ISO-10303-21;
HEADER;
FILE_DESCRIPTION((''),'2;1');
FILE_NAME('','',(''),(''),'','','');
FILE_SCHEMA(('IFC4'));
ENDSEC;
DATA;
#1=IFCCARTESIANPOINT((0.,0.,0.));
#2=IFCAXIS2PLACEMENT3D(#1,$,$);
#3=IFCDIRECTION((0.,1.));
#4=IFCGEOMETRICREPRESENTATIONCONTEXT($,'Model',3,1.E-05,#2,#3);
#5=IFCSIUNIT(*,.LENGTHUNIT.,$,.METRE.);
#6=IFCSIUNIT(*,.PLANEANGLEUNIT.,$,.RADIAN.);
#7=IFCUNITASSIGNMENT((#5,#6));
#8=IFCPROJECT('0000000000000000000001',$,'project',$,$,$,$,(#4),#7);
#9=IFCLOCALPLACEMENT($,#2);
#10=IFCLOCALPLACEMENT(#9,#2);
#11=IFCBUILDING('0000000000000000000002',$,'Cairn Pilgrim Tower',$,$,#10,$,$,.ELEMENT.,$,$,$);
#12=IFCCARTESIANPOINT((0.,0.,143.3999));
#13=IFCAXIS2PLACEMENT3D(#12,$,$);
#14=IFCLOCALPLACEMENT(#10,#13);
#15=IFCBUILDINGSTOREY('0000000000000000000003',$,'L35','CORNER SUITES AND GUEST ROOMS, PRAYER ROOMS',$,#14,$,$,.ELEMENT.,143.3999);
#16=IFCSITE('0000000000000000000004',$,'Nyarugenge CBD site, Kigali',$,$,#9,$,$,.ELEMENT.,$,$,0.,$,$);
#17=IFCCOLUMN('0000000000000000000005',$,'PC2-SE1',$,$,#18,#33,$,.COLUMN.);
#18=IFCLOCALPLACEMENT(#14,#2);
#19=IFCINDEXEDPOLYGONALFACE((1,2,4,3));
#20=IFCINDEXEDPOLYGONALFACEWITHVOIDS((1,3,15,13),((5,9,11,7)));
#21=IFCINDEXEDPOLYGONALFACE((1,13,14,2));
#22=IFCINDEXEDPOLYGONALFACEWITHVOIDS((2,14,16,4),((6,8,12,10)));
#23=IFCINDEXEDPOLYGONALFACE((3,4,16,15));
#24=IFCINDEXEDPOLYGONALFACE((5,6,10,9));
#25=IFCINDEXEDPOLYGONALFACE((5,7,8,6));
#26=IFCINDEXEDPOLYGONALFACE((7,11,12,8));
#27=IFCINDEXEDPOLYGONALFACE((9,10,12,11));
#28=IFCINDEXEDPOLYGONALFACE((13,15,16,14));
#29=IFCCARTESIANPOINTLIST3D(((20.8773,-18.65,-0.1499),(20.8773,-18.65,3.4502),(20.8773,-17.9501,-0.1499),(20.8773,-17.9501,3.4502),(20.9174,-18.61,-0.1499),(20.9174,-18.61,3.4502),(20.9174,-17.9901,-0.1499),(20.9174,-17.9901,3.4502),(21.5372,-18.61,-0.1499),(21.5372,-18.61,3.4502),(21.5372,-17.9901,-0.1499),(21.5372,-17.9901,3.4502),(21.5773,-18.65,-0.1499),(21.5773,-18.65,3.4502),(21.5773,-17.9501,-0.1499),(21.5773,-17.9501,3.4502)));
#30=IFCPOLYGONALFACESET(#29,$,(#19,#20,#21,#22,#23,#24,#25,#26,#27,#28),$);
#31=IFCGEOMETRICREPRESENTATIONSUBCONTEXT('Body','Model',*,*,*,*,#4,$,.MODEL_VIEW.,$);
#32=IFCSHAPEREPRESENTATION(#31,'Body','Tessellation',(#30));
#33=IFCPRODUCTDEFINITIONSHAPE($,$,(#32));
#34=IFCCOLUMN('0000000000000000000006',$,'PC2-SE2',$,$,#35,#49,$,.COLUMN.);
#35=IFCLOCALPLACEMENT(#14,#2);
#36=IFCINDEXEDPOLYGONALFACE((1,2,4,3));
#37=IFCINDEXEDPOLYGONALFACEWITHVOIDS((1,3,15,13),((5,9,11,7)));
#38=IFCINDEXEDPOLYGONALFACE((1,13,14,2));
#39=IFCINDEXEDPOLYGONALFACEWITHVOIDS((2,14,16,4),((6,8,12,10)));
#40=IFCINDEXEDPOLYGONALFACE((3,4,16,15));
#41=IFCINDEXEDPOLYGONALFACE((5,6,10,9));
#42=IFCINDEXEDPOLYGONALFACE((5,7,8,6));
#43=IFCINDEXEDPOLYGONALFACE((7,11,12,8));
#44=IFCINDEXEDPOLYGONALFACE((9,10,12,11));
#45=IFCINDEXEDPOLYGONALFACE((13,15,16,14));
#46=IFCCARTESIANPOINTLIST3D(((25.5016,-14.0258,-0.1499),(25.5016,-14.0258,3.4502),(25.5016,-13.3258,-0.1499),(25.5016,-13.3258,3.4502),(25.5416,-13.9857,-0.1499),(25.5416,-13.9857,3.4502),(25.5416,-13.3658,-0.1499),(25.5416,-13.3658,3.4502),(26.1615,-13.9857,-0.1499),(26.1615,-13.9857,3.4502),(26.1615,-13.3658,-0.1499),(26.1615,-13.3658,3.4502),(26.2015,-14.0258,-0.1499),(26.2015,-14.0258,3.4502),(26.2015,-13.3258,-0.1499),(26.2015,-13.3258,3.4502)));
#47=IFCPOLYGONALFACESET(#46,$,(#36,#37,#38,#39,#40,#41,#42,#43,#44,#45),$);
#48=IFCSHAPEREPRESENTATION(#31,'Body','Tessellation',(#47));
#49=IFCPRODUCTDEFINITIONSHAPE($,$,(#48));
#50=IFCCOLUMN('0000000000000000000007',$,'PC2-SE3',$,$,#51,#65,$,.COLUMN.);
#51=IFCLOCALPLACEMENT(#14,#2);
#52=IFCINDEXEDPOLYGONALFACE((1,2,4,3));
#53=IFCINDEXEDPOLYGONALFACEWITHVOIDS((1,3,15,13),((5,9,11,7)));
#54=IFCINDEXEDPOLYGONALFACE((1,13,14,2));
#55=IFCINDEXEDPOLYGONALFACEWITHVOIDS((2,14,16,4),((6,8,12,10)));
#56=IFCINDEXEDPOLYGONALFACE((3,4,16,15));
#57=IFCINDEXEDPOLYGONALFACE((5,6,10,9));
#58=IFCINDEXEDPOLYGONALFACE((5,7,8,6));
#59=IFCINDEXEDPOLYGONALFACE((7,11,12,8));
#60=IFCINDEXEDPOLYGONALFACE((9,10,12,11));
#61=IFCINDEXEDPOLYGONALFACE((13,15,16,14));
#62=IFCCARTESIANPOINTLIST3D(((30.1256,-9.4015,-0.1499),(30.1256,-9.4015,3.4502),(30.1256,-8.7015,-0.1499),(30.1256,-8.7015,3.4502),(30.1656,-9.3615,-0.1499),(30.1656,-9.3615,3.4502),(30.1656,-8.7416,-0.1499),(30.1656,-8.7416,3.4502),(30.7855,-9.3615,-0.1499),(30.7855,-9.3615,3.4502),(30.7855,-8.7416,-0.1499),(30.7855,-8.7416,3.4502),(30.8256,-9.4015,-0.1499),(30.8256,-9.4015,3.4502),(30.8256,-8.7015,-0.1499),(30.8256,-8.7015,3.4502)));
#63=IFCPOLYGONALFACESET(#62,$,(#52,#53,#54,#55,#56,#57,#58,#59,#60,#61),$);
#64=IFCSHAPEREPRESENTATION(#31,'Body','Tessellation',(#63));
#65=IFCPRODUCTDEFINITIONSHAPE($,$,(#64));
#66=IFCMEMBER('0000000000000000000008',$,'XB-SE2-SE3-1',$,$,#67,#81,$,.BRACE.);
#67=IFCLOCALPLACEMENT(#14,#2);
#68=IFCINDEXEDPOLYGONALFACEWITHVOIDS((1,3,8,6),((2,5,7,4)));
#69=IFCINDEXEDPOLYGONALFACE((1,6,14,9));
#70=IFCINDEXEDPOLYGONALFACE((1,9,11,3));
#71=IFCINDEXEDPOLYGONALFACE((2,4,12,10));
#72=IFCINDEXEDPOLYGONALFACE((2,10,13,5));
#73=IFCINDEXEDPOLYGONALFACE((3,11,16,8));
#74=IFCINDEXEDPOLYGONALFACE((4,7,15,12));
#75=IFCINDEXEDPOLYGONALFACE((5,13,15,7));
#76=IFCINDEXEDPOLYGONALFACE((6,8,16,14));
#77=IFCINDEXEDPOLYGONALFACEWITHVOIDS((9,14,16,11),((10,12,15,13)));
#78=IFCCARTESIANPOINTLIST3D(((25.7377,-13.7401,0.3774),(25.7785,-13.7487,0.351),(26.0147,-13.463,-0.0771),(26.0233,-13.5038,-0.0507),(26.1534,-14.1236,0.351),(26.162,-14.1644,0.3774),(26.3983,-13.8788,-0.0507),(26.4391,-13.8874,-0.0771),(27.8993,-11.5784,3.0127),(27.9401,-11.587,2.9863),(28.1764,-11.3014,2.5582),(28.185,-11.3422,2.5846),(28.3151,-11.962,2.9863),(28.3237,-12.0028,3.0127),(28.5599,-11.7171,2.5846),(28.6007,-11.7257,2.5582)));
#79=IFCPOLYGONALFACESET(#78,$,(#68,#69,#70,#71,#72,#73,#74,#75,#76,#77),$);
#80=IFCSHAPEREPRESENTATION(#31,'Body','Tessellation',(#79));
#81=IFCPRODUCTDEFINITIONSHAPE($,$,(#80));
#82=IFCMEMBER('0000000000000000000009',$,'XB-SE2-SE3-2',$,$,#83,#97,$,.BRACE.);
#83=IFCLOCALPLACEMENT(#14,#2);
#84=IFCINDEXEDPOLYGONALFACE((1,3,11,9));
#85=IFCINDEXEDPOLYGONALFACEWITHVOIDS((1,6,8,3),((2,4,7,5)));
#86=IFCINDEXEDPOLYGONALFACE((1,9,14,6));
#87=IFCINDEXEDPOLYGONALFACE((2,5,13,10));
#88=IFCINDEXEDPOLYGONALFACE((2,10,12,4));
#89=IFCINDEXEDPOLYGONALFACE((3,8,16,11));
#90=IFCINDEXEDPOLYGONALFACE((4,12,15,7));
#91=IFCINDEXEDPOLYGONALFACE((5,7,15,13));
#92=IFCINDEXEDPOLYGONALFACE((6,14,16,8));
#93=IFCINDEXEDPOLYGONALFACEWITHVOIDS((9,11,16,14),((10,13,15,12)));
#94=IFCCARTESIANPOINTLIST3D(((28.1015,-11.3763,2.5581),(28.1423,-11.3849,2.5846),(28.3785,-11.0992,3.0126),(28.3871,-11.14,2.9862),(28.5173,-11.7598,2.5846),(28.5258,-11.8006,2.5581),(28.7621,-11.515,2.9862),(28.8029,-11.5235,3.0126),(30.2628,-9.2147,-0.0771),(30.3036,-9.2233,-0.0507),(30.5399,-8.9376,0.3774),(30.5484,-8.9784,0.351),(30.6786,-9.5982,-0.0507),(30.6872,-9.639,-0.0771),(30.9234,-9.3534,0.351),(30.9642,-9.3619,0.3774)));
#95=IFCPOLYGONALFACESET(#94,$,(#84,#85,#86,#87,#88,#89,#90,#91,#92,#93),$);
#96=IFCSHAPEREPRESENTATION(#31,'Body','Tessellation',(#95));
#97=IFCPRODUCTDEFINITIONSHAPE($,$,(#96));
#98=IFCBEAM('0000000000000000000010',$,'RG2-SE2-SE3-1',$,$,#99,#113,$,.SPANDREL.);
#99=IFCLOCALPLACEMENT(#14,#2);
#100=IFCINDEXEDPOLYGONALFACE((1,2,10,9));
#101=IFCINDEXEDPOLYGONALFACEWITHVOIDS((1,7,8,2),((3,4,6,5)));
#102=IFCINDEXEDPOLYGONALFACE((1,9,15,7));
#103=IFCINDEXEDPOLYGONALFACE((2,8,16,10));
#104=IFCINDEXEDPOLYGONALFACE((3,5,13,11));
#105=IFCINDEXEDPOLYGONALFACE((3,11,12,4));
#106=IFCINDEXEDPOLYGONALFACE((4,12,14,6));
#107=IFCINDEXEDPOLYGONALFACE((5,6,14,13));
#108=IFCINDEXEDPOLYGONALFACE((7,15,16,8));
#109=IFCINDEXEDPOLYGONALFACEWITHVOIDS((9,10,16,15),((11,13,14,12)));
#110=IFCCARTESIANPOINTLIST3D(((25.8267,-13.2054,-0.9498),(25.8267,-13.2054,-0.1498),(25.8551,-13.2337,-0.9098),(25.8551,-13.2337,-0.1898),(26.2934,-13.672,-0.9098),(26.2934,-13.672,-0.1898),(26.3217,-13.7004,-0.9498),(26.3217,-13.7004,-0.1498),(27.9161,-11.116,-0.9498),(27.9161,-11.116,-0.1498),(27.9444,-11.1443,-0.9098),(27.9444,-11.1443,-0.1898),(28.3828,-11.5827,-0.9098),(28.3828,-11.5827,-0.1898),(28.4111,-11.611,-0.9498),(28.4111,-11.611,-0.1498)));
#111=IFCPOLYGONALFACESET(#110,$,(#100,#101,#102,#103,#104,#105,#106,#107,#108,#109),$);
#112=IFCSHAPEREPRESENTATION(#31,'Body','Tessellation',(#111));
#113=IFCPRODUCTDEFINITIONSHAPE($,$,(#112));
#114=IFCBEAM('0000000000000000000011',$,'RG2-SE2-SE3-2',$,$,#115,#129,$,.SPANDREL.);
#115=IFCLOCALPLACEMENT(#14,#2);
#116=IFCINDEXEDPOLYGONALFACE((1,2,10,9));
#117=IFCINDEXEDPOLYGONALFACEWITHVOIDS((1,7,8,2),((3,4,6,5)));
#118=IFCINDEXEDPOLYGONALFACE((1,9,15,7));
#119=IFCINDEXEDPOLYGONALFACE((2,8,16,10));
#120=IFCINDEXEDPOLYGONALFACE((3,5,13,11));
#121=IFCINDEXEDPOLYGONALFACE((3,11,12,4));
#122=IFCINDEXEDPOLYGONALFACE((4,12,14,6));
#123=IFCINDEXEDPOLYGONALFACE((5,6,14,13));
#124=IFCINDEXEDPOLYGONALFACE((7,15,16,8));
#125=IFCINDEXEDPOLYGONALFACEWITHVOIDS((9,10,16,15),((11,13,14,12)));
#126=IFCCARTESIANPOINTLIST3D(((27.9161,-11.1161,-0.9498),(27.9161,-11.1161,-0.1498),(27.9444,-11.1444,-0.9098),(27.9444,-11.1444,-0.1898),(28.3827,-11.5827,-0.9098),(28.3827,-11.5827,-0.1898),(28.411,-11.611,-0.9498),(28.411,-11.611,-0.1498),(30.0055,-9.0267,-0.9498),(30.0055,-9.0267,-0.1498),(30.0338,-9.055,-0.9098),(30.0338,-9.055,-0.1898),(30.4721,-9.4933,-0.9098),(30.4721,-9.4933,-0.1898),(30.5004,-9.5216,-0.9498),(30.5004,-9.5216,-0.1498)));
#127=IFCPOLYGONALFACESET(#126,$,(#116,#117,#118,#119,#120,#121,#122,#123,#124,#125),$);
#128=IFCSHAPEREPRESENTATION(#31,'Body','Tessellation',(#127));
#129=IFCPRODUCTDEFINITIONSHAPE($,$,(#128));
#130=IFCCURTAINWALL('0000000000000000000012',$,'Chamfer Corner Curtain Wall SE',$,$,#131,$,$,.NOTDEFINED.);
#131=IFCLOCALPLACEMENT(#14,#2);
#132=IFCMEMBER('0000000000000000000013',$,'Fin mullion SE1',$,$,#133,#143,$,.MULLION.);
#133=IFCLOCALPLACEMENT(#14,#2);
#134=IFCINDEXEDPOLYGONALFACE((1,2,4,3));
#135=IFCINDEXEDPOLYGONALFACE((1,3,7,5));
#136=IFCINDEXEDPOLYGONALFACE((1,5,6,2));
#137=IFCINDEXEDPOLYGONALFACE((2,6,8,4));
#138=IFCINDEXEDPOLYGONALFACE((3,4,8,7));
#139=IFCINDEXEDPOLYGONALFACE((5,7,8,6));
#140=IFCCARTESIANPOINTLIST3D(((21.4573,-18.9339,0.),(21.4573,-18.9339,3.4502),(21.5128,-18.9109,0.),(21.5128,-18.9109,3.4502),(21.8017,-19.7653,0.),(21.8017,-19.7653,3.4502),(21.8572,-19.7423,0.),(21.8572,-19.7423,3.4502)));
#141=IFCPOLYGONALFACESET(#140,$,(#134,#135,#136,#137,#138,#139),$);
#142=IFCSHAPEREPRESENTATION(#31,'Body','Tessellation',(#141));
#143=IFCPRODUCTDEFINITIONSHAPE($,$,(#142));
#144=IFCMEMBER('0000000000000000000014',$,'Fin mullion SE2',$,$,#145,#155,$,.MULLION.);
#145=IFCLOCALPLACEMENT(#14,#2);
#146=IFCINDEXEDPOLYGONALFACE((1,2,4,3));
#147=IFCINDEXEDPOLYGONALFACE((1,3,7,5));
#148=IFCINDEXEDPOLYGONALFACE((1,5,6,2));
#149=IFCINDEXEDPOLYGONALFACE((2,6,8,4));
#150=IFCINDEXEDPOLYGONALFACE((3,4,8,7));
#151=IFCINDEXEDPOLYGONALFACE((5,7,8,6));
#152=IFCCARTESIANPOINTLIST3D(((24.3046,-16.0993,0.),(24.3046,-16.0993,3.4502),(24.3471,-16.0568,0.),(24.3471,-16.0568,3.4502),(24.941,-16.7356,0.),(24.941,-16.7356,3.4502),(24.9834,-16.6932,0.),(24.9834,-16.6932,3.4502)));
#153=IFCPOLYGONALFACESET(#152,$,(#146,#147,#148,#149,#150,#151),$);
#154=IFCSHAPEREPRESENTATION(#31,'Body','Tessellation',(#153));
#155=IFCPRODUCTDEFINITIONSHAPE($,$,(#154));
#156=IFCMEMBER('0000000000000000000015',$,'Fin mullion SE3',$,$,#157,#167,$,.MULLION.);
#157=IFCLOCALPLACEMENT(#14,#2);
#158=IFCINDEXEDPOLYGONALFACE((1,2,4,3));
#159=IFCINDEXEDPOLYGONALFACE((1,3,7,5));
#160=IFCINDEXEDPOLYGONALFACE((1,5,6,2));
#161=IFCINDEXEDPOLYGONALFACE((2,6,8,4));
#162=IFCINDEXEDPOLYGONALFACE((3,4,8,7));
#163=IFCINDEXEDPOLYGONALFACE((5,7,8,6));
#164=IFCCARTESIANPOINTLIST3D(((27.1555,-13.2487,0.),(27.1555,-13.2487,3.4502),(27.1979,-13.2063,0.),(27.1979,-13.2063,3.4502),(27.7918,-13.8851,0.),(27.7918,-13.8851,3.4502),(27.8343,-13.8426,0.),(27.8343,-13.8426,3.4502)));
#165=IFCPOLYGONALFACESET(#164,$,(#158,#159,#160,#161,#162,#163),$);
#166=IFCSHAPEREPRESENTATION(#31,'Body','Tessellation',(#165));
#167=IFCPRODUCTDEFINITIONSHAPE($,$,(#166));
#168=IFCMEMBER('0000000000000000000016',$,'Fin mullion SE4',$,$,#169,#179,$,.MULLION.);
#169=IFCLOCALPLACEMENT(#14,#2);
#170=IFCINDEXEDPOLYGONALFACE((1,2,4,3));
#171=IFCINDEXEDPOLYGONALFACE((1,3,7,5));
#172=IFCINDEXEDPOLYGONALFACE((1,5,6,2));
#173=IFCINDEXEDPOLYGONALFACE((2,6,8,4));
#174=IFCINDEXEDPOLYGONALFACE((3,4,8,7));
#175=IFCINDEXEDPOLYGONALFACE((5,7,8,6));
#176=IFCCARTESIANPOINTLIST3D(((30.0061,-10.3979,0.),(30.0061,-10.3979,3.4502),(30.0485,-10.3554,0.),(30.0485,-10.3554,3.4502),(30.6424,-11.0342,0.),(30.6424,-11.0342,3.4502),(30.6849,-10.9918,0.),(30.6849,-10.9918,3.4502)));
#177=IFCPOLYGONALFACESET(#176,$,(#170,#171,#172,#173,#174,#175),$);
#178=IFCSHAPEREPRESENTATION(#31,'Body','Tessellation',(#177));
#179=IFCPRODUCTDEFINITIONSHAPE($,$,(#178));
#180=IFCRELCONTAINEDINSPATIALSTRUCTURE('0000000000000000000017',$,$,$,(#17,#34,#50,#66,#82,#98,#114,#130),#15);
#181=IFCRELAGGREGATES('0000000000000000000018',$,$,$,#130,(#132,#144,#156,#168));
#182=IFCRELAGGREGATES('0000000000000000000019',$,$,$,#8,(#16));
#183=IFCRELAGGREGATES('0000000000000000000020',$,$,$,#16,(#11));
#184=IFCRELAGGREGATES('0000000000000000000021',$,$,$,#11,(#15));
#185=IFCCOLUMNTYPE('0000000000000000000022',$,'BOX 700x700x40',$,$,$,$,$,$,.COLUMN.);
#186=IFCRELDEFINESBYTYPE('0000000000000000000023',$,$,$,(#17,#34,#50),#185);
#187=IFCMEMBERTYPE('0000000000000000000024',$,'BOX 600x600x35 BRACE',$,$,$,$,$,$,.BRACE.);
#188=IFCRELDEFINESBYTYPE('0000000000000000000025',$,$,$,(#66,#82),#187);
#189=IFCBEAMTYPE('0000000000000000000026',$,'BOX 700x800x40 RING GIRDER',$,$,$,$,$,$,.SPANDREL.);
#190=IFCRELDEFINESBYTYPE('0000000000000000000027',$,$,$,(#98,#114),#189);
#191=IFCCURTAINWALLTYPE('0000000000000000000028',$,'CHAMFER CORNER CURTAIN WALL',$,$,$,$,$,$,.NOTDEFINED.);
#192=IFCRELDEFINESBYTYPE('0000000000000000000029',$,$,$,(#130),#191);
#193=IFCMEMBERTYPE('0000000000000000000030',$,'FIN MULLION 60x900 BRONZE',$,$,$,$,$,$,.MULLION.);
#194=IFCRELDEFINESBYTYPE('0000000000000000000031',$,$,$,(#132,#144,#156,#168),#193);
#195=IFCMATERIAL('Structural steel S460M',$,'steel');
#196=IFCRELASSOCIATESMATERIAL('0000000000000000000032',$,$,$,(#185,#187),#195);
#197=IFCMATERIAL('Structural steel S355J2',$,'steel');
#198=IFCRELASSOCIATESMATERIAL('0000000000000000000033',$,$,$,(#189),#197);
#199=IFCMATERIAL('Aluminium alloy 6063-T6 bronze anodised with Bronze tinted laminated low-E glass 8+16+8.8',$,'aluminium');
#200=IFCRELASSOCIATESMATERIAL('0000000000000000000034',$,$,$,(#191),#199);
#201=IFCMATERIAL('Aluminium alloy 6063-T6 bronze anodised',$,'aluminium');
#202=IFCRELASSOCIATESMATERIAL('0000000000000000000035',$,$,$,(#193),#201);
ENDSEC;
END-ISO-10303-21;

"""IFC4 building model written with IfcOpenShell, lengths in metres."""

from ifc_helpers import new_model, si_unit, direction, frame, origin, origin_2d, place, context, subcontext, project, spatial, rectangle, hollow_rectangle, extrude, material, material_profile, profile_set, type_object, element, aggregate, save


model = new_model("IFC4")

# Units and contexts
model_context = context("Model", 3, precision=1e-05, world=origin(), true_north=direction((0.0, 1.0)))
body_context = subcontext(model_context, "Body", "Model", "MODEL_VIEW")
ifc_project = project(units=[si_unit("LENGTHUNIT", "METRE"), si_unit("PLANEANGLEUNIT", "RADIAN")], contexts=[model_context])

# Site, building, storey
site_placement = place(None, origin())
site = spatial("IfcSite", under=ifc_project, at=site_placement, Name="Nyarugenge CBD site, Kigali", CompositionType="ELEMENT", RefElevation=0.0)
building_placement = place(site_placement, origin())
building = spatial("IfcBuilding", under=site, at=building_placement, Name="Cairn Pilgrim Tower", CompositionType="ELEMENT")
storey_placement = place(building_placement, frame((0.0, 0.0, 143.3999)))
storey = spatial("IfcBuildingStorey", under=building, at=storey_placement, Name="L35", Description="CORNER SUITES AND GUEST ROOMS, PRAYER ROOMS", CompositionType="ELEMENT", Elevation=143.3999)

# Columns
ifc_material_1 = material(Name="Structural steel S460M", Category="steel")
ifc_material_profile_1 = material_profile(ifc_material_1, hollow_rectangle(XDim=0.7, YDim=0.7, WallThickness=0.04, at=origin_2d()), Name="BOX 700x700x40")
ifc_profile_set_1 = profile_set([ifc_material_profile_1], Name="Structural steel S460M")
column_type = type_object("IfcColumnType", Name="BOX 700x700x40", PredefinedType="COLUMN", material=ifc_profile_set_1)
for number, where, z_axis, x_axis, name in (
    (1, (21.2273, -18.3, -0.1499), (0.0, 0.0, 1.0), (1.0, 0.0, 0.0), "PC2-SE1"),
    (2, (25.8516, -13.6758, -0.1499), (0.0, 0.0, 1.0), (1.0, 0.0, 0.0), "PC2-SE2"),
    (3, (30.4756, -9.0515, -0.1499), (0.0, 0.0, 1.0), (1.0, 0.0, 0.0), "PC2-SE3"),
):
    element("IfcColumn", number, at=place(storey_placement, frame(where, z_axis=z_axis, x_axis=x_axis)), inside=storey, type_object=column_type, Name=name, PredefinedType="COLUMN", context=body_context, shape_type="SweptSolid", body=[
        extrude(hollow_rectangle(XDim=0.7, YDim=0.7, WallThickness=0.04, at=origin_2d()), origin(), (0.0, 0.0, 1.0), 3.6001),
    ])

# Members
ifc_material_profile_2 = material_profile(ifc_material_1, hollow_rectangle(XDim=0.6001, YDim=0.6001, WallThickness=0.0349, at=origin_2d()), Name="BOX 600x600x35")
ifc_profile_set_2 = profile_set([ifc_material_profile_2], Name="Structural steel S460M")
member_type_1 = type_object("IfcMemberType", Name="BOX 600x600x35 BRACE", PredefinedType="BRACE", material=ifc_profile_set_2)
member_1_placement = place(storey_placement, frame((26.0884, -13.8137, 0.1501), z_axis=(0.535577, 0.535577, 0.652927), x_axis=(-0.707107, 0.707107, 0.0)))
element("IfcMember", 4, at=member_1_placement, inside=storey, type_object=member_type_1, Name="XB-SE2-SE3-1", PredefinedType="BRACE", context=body_context, shape_type="SweptSolid", body=[
    extrude(hollow_rectangle(XDim=0.6001, YDim=0.6001, WallThickness=0.0349, at=origin_2d()), origin(), (0.0, 0.0, 1.0), 4.0361),
])
member_2_placement = place(storey_placement, frame((30.6135, -9.2883, 0.1501), z_axis=(-0.535534, -0.535594, 0.652949), x_axis=(0.707147, -0.707067, 0.0)))
element("IfcMember", 5, at=member_2_placement, inside=storey, type_object=member_type_1, Name="XB-SE2-SE3-2", PredefinedType="BRACE", context=body_context, shape_type="SweptSolid", body=[
    extrude(hollow_rectangle(XDim=0.6001, YDim=0.6001, WallThickness=0.0349, at=origin_2d()), origin(), (0.0, 0.0, 1.0), 4.0359),
])

# Beams
ifc_material_2 = material(Name="Structural steel S355J2", Category="steel")
ifc_material_profile_3 = material_profile(ifc_material_2, hollow_rectangle(XDim=0.7, YDim=0.8, WallThickness=0.04, at=origin_2d()), Name="BOX 700x800x40")
ifc_profile_set_3 = profile_set([ifc_material_profile_3], Name="Structural steel S355J2")
beam_type_1 = type_object("IfcBeamType", Name="BOX 700x800x40 RING GIRDER", PredefinedType="SPANDREL", material=ifc_profile_set_3)
for number, where, z_axis, x_axis, name in (
    (6, (26.0742, -13.4529, -0.5498), (0.707107, 0.707107, 0.0), (-0.707107, 0.707107, 0.0), "RG2-SE2-SE3-1"),
    (7, (28.1636, -11.3635, -0.5498), (0.707107, 0.707107, 0.0), (-0.707107, 0.707107, 0.0), "RG2-SE2-SE3-2"),
):
    element("IfcBeam", number, at=place(storey_placement, frame(where, z_axis=z_axis, x_axis=x_axis)), inside=storey, type_object=beam_type_1, Name=name, PredefinedType="SPANDREL", context=body_context, shape_type="SweptSolid", body=[
        extrude(hollow_rectangle(XDim=0.7, YDim=0.8, WallThickness=0.04, at=origin_2d()), origin(), (0.0, 0.0, 1.0), 2.9548),
    ])

# Curtain wall, members
ifc_material_3 = material(Name="Aluminium alloy 6063-T6 bronze anodised with Bronze tinted laminated low-E glass 8+16+8.8", Category="aluminium")
curtain_wall_type = type_object("IfcCurtainWallType", Name="CHAMFER CORNER CURTAIN WALL", PredefinedType="NOTDEFINED", material=ifc_material_3)
curtain_wall_placement = place(storey_placement, origin())
curtain_wall = element("IfcCurtainWall", 8, at=curtain_wall_placement, inside=storey, type_object=curtain_wall_type, Name="Chamfer Corner Curtain Wall SE", PredefinedType="NOTDEFINED")
ifc_material_4 = material(Name="Aluminium alloy 6063-T6 bronze anodised", Category="aluminium")
ifc_material_profile_4 = material_profile(ifc_material_4, rectangle(XDim=0.8999, YDim=0.0601, at=origin_2d()), Name="FIN MULLION 60x900 BRONZE")
ifc_profile_set_4 = profile_set([ifc_material_profile_4], Name="Aluminium alloy 6063-T6 bronze anodised")
member_type_2 = type_object("IfcMemberType", Name="FIN MULLION 60x900 BRONZE", PredefinedType="MULLION", material=ifc_profile_set_4)
member_3_placement = place(storey_placement, frame((21.6572, -19.3381, 0.0), z_axis=(0.0, 0.0, 1.0), x_axis=(0.382683, -0.92388, 0.0)))
member_3 = element("IfcMember", 9, at=member_3_placement, type_object=member_type_2, Name="Fin mullion SE1", PredefinedType="MULLION", context=body_context, shape_type="SweptSolid", body=[
    extrude(rectangle(XDim=0.8999, YDim=0.0601, at=origin_2d()), origin(), (0.0, 0.0, 1.0), 3.4502),
])
member_4_placement = place(storey_placement, frame((24.644, -16.3962, 0.0), z_axis=(0.0, 0.0, 1.0), x_axis=(0.707107, -0.707107, 0.0)))
member_4 = element("IfcMember", 10, at=member_4_placement, type_object=member_type_2, Name="Fin mullion SE2", PredefinedType="MULLION", context=body_context, shape_type="SweptSolid", body=[
    extrude(rectangle(XDim=0.8999, YDim=0.0601, at=origin_2d()), origin(), (0.0, 0.0, 1.0), 3.4502),
])
member_5_placement = place(storey_placement, frame((27.4949, -13.5457, 0.0), z_axis=(0.0, 0.0, 1.0), x_axis=(0.707107, -0.707107, 0.0)))
member_5 = element("IfcMember", 11, at=member_5_placement, type_object=member_type_2, Name="Fin mullion SE3", PredefinedType="MULLION", context=body_context, shape_type="SweptSolid", body=[
    extrude(rectangle(XDim=0.8999, YDim=0.0601, at=origin_2d()), origin(), (0.0, 0.0, 1.0), 3.4502),
])
member_6_placement = place(storey_placement, frame((30.3455, -10.6948, 0.0), z_axis=(0.0, 0.0, 1.0), x_axis=(0.707107, -0.707107, 0.0)))
member_6 = element("IfcMember", 12, at=member_6_placement, type_object=member_type_2, Name="Fin mullion SE4", PredefinedType="MULLION", context=body_context, shape_type="SweptSolid", body=[
    extrude(rectangle(XDim=0.8999, YDim=0.0601, at=origin_2d()), origin(), (0.0, 0.0, 1.0), 3.4502),
])

aggregate(curtain_wall, [member_3, member_4, member_5, member_6])

save(model, "model.ifc")
